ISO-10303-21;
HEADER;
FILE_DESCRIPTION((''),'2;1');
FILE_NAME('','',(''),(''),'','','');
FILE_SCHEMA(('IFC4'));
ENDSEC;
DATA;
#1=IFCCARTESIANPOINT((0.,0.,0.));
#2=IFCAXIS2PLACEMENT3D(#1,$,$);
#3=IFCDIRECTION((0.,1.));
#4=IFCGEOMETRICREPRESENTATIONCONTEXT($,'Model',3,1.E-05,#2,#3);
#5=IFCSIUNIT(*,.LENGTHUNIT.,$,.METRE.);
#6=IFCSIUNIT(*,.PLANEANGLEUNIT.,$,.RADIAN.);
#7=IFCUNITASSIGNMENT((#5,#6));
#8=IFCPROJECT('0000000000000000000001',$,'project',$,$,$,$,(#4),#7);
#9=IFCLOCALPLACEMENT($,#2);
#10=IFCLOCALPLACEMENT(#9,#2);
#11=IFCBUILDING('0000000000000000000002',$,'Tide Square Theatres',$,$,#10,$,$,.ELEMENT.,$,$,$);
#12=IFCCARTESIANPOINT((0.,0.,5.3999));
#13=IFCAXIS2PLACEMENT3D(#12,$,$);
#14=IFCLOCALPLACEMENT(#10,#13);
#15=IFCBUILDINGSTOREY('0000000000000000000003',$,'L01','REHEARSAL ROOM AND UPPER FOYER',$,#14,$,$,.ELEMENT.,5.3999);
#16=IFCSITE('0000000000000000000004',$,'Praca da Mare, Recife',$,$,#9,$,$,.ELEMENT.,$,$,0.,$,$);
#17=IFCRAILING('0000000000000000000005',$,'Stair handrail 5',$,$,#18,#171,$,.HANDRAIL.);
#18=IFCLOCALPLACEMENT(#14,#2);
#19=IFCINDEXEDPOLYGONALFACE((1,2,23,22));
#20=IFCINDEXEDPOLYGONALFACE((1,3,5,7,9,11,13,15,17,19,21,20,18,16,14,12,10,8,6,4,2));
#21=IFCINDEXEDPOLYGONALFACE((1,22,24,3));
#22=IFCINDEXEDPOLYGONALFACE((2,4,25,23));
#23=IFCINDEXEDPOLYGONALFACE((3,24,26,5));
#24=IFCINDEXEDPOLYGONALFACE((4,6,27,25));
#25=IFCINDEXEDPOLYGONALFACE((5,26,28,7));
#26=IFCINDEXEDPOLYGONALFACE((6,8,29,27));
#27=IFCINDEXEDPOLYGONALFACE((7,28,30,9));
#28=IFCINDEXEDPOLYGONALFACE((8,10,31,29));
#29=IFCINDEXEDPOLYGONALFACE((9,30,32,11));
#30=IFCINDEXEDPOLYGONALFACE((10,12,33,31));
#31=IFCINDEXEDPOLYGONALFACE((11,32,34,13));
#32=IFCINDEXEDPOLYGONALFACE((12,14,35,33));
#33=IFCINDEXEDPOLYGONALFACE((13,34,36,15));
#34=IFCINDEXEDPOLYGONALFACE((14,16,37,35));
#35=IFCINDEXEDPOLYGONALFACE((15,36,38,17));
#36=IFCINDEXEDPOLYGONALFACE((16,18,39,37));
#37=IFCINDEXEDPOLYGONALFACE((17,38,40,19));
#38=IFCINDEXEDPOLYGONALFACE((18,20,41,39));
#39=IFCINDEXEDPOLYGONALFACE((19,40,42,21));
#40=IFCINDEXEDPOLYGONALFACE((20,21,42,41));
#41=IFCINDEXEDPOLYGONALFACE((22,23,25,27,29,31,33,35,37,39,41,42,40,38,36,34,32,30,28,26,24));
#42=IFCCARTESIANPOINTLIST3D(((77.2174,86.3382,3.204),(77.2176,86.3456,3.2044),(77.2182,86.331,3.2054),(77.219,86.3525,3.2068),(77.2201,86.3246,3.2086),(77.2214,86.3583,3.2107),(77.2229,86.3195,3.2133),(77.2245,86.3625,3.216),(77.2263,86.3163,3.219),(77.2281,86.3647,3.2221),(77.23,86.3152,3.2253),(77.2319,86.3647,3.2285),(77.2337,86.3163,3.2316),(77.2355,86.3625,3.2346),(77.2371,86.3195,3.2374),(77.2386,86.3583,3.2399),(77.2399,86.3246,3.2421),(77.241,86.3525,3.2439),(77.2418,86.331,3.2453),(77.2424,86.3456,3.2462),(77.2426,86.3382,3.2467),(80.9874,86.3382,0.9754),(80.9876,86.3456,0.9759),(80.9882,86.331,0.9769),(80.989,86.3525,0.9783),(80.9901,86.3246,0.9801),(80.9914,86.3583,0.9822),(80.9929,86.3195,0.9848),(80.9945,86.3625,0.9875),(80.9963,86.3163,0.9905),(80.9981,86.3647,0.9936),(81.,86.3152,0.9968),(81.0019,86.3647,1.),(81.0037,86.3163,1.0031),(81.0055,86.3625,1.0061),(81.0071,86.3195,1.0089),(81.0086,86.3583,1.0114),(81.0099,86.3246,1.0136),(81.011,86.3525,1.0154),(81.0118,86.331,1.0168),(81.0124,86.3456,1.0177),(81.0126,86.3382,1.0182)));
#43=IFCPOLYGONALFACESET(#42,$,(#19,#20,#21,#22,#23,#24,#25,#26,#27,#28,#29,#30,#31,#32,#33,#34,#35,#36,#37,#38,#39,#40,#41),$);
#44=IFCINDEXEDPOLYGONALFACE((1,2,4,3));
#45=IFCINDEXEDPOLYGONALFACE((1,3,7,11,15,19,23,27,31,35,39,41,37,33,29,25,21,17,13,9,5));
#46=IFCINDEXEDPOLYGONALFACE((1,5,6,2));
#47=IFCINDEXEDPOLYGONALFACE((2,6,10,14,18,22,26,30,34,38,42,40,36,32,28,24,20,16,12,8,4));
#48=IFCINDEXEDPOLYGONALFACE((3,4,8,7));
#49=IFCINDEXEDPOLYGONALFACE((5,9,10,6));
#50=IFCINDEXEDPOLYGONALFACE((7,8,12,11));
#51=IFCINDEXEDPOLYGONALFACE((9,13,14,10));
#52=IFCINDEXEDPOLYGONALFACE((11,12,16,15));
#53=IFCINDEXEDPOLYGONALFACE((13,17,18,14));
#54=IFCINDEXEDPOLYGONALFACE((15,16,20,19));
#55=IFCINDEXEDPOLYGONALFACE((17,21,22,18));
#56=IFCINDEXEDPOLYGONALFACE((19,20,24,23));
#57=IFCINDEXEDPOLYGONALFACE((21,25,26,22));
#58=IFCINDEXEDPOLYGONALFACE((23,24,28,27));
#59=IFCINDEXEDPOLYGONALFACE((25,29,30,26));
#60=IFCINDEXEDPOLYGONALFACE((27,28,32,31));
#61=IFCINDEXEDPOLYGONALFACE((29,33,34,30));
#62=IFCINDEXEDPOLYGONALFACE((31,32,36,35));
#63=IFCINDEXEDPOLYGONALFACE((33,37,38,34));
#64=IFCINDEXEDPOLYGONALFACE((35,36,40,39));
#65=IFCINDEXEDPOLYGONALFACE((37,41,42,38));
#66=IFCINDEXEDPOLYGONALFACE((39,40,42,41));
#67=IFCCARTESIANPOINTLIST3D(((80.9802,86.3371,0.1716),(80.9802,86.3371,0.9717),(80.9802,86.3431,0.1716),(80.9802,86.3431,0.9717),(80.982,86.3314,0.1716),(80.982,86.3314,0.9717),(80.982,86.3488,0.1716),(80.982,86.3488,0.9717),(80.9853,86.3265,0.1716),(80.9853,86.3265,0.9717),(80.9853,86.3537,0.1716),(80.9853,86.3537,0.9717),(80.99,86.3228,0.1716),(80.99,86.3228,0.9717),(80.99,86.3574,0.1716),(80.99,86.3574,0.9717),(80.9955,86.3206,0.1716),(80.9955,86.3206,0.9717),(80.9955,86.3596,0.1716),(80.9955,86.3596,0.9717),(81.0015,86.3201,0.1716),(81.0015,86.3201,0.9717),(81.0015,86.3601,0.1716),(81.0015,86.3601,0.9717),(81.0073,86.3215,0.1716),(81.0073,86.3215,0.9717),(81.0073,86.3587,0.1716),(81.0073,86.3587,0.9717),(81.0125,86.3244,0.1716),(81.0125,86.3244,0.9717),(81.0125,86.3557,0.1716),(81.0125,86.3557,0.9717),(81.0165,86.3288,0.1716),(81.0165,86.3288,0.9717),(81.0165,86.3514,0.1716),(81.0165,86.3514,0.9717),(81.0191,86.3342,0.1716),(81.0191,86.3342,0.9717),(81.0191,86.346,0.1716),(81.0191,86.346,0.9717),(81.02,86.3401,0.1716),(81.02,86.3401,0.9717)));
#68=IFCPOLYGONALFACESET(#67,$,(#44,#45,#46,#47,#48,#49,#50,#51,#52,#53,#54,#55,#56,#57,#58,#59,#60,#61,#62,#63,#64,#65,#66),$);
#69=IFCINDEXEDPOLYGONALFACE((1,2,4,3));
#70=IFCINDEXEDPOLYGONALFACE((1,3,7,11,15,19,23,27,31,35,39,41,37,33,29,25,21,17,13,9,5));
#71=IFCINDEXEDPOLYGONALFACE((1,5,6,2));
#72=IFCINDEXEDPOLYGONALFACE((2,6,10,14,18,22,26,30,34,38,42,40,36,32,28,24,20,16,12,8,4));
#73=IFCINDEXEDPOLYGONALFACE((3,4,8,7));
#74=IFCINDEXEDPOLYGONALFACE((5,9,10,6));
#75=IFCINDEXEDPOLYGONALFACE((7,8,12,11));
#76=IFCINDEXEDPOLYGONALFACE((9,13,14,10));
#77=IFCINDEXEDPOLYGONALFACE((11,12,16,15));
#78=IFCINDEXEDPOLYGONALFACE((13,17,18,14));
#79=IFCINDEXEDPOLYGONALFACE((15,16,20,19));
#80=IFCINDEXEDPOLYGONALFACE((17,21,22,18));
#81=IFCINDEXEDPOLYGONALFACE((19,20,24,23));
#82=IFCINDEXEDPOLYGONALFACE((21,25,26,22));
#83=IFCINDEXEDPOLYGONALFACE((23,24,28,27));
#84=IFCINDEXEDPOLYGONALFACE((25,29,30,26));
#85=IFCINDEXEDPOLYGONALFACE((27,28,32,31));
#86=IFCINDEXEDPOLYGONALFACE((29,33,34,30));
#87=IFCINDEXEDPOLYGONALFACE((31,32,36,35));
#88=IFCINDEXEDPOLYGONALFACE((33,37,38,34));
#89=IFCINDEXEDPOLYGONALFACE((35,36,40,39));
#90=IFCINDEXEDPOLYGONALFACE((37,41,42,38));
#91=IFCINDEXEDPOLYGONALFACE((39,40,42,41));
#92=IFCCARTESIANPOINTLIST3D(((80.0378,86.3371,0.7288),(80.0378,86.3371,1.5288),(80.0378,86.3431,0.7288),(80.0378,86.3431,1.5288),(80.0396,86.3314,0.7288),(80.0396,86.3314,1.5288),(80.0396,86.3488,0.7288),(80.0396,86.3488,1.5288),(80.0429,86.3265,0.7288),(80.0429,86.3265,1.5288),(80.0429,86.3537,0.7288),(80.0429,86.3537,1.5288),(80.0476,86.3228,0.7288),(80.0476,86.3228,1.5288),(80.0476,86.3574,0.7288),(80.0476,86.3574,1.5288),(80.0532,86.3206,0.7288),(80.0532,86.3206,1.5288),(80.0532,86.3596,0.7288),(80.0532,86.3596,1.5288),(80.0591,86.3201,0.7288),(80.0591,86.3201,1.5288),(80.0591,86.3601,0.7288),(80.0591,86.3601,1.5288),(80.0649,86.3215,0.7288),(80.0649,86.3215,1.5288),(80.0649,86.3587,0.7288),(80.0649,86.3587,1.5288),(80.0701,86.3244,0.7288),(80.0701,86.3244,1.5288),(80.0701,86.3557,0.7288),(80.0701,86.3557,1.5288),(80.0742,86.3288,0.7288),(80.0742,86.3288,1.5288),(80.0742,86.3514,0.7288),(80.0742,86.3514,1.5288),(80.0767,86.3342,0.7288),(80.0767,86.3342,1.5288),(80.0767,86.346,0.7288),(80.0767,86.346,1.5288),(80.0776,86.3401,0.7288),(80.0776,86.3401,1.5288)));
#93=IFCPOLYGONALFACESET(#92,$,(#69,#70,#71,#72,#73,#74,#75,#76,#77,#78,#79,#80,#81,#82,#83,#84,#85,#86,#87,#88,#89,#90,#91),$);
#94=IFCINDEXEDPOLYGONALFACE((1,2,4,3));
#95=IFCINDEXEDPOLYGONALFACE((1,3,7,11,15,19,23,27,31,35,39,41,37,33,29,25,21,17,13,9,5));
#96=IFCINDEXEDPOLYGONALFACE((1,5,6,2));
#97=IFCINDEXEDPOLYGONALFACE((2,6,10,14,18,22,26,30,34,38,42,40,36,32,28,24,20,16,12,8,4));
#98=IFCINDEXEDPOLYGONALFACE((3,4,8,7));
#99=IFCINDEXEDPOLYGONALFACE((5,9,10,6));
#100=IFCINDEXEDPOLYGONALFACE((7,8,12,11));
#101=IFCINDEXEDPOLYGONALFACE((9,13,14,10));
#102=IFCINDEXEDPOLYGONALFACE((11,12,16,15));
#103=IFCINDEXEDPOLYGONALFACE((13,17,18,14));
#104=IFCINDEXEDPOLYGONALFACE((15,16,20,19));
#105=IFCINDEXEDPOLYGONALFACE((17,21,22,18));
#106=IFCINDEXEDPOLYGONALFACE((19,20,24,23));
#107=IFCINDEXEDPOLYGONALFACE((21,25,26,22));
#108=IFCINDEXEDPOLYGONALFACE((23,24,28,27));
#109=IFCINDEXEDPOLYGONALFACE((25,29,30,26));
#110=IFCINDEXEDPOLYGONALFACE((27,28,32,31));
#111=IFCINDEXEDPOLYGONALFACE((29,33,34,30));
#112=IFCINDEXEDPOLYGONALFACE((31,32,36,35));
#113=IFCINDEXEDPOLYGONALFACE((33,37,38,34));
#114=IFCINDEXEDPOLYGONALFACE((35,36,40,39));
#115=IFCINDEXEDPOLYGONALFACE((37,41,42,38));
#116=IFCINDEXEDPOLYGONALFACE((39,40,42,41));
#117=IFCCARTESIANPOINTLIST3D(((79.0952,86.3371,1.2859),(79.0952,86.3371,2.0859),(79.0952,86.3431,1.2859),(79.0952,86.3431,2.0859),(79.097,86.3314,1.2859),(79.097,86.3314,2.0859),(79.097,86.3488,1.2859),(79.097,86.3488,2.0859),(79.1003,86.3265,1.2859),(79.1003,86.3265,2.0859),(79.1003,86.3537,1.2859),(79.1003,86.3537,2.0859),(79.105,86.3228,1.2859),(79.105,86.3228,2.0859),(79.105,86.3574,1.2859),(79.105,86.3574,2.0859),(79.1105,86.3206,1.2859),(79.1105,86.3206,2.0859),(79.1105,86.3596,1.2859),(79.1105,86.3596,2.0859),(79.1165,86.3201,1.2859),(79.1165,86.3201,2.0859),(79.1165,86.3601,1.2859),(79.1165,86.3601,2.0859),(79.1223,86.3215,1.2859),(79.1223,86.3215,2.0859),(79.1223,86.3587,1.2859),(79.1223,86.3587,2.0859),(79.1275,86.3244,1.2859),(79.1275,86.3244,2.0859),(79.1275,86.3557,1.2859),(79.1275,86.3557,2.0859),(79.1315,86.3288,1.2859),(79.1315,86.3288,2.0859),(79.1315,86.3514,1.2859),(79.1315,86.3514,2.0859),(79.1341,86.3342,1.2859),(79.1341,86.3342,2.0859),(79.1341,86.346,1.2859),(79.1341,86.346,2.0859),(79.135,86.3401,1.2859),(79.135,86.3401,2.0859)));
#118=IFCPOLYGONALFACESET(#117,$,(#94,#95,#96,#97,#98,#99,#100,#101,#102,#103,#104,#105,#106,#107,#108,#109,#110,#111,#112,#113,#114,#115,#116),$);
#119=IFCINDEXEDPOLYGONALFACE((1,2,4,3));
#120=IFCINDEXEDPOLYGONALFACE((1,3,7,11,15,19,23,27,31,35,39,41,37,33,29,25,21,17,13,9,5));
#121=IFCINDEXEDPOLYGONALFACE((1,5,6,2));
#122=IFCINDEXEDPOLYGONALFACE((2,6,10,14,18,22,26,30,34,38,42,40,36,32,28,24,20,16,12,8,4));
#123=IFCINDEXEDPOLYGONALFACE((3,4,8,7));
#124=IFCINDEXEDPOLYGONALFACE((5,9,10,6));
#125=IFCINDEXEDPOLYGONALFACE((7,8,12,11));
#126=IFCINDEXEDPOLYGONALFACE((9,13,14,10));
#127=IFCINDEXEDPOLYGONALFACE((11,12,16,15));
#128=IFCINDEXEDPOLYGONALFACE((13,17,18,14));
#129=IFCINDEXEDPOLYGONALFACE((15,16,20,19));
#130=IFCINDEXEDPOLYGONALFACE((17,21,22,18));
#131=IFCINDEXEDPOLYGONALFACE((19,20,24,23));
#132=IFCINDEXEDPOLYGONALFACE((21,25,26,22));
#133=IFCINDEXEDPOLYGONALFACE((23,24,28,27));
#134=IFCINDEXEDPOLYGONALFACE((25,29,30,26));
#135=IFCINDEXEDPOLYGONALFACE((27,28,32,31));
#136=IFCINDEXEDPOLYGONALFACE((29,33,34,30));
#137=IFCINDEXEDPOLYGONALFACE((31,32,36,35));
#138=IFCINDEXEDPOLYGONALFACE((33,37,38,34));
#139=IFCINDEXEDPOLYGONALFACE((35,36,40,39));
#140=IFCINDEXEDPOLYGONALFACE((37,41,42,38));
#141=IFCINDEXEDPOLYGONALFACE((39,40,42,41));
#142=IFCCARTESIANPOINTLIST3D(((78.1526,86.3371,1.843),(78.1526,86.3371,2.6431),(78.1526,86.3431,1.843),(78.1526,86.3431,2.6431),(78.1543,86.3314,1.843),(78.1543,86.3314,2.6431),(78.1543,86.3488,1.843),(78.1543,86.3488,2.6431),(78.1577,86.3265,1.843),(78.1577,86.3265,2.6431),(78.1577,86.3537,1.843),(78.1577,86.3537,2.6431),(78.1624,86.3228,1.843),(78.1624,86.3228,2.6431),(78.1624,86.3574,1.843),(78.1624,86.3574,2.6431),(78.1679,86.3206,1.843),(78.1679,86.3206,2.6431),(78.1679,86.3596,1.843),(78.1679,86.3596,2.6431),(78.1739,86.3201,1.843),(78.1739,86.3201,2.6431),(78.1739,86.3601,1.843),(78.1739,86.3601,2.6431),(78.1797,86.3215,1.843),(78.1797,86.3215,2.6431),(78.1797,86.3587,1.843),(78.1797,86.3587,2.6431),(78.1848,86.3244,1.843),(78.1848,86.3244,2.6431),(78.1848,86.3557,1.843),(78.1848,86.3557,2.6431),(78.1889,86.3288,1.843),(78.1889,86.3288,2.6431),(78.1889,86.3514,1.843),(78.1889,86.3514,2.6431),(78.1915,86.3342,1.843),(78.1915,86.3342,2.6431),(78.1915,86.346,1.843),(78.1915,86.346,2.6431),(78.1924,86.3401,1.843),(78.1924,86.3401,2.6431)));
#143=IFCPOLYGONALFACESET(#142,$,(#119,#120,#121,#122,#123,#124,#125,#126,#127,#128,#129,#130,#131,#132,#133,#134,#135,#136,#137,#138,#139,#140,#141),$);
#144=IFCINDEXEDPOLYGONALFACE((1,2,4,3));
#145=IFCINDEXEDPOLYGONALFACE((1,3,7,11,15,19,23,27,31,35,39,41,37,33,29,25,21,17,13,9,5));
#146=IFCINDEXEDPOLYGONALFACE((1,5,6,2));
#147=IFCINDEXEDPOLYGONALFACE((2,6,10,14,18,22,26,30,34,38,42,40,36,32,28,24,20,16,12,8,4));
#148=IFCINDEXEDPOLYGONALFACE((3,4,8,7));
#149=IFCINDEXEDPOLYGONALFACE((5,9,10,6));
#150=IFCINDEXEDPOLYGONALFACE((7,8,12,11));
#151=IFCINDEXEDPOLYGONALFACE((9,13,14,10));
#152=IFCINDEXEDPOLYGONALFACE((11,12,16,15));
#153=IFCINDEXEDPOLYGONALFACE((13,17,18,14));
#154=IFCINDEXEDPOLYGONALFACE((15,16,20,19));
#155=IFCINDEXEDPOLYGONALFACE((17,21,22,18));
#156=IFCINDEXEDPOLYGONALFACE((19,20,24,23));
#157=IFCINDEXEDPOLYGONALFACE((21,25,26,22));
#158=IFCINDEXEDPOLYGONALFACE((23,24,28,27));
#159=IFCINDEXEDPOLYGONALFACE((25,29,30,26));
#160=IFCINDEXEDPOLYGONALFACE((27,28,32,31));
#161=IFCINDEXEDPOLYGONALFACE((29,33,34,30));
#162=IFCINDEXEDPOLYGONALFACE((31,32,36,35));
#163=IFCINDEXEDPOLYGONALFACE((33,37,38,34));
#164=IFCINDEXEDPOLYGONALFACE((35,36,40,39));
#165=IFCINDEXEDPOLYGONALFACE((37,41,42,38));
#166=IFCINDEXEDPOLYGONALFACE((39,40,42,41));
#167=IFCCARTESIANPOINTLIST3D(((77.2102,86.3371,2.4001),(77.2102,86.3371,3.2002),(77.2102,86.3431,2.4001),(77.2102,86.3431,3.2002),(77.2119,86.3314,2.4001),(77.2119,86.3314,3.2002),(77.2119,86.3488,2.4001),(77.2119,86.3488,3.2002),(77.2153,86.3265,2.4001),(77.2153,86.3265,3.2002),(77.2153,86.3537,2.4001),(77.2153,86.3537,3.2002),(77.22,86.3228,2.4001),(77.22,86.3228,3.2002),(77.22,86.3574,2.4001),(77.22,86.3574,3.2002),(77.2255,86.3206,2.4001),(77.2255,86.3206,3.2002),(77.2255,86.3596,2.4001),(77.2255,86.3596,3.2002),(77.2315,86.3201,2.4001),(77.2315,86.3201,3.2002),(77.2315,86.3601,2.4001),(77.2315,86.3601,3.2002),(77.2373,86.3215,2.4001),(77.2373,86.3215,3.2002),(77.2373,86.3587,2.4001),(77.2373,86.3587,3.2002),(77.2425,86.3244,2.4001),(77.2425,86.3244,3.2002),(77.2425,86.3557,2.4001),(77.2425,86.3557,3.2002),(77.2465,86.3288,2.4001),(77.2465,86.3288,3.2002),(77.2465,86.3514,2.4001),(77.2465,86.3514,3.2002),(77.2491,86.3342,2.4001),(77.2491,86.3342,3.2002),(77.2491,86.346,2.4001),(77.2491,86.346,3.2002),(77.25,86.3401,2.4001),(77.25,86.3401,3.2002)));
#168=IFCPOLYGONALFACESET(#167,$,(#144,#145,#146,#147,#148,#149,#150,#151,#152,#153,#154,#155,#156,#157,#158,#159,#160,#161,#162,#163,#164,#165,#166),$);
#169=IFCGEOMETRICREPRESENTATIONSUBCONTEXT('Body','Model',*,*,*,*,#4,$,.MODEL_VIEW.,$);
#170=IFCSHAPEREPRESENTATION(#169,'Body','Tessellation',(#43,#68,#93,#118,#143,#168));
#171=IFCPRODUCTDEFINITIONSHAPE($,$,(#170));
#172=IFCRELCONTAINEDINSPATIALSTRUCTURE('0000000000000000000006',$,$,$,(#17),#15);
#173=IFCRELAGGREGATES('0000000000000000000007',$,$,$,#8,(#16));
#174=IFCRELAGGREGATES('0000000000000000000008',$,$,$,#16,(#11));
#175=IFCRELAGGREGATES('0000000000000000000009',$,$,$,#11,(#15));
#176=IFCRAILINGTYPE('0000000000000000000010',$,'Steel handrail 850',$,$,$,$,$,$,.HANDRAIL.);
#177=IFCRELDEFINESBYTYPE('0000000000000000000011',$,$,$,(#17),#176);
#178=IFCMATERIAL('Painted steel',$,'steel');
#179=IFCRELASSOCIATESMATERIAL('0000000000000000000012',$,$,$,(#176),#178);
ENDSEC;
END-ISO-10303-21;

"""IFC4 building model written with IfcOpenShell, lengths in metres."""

from ifc_helpers import new_model, si_unit, direction, frame, origin, origin_2d, place, context, subcontext, project, spatial, circle, extrude, material, type_object, element, save


model = new_model("IFC4")

# Units and contexts
model_context = context("Model", 3, precision=1e-05, world=origin(), true_north=direction((0.0, 1.0)))
body_context = subcontext(model_context, "Body", "Model", "MODEL_VIEW")
ifc_project = project(units=[si_unit("LENGTHUNIT", "METRE"), si_unit("PLANEANGLEUNIT", "RADIAN")], contexts=[model_context])

# Site, building, storey
site_placement = place(None, origin())
site = spatial("IfcSite", under=ifc_project, at=site_placement, Name="Praca da Mare, Recife", CompositionType="ELEMENT", RefElevation=0.0)
building_placement = place(site_placement, origin())
building = spatial("IfcBuilding", under=site, at=building_placement, Name="Tide Square Theatres", CompositionType="ELEMENT")
storey_placement = place(building_placement, frame((0.0, 0.0, 5.3999)))
storey = spatial("IfcBuildingStorey", under=building, at=storey_placement, Name="L01", Description="REHEARSAL ROOM AND UPPER FOYER", CompositionType="ELEMENT", Elevation=5.3999)

# Railing
ifc_material_1 = material(Name="Painted steel", Category="steel")
railing_type = type_object("IfcRailingType", Name="Steel handrail 850", PredefinedType="HANDRAIL", material=ifc_material_1)
for number, where, name in (
    (1, (81.0, 86.3401, 0.1716), "Stair handrail 5"),
):
    element("IfcRailing", number, at=place(storey_placement, frame(where)), inside=storey, type_object=railing_type, Name=name, PredefinedType="HANDRAIL", context=body_context, shape_type="SweptSolid", body=[
        extrude(circle(Radius=0.0249, at=origin_2d()), frame((0.0, 0.0, 0.8252), z_axis=(-0.860849, 0.0, 0.508861), x_axis=(0.0, -1.0, 0.0)), (0.0, 0.0, 1.0), 4.3794),
        extrude(circle(Radius=0.02, at=origin_2d()), origin(), (0.0, 0.0, 1.0), 0.8),
        extrude(circle(Radius=0.02, at=origin_2d()), frame((-0.9424, 0.0, 0.5571)), (0.0, 0.0, 1.0), 0.8),
        extrude(circle(Radius=0.02, at=origin_2d()), frame((-1.885, 0.0, 1.1143)), (0.0, 0.0, 1.0), 0.8),
        extrude(circle(Radius=0.02, at=origin_2d()), frame((-2.8276, 0.0, 1.6714)), (0.0, 0.0, 1.0), 0.8),
        extrude(circle(Radius=0.02, at=origin_2d()), frame((-3.77, 0.0, 2.2285)), (0.0, 0.0, 1.0), 0.8),
    ])

save(model, "model.ifc")
